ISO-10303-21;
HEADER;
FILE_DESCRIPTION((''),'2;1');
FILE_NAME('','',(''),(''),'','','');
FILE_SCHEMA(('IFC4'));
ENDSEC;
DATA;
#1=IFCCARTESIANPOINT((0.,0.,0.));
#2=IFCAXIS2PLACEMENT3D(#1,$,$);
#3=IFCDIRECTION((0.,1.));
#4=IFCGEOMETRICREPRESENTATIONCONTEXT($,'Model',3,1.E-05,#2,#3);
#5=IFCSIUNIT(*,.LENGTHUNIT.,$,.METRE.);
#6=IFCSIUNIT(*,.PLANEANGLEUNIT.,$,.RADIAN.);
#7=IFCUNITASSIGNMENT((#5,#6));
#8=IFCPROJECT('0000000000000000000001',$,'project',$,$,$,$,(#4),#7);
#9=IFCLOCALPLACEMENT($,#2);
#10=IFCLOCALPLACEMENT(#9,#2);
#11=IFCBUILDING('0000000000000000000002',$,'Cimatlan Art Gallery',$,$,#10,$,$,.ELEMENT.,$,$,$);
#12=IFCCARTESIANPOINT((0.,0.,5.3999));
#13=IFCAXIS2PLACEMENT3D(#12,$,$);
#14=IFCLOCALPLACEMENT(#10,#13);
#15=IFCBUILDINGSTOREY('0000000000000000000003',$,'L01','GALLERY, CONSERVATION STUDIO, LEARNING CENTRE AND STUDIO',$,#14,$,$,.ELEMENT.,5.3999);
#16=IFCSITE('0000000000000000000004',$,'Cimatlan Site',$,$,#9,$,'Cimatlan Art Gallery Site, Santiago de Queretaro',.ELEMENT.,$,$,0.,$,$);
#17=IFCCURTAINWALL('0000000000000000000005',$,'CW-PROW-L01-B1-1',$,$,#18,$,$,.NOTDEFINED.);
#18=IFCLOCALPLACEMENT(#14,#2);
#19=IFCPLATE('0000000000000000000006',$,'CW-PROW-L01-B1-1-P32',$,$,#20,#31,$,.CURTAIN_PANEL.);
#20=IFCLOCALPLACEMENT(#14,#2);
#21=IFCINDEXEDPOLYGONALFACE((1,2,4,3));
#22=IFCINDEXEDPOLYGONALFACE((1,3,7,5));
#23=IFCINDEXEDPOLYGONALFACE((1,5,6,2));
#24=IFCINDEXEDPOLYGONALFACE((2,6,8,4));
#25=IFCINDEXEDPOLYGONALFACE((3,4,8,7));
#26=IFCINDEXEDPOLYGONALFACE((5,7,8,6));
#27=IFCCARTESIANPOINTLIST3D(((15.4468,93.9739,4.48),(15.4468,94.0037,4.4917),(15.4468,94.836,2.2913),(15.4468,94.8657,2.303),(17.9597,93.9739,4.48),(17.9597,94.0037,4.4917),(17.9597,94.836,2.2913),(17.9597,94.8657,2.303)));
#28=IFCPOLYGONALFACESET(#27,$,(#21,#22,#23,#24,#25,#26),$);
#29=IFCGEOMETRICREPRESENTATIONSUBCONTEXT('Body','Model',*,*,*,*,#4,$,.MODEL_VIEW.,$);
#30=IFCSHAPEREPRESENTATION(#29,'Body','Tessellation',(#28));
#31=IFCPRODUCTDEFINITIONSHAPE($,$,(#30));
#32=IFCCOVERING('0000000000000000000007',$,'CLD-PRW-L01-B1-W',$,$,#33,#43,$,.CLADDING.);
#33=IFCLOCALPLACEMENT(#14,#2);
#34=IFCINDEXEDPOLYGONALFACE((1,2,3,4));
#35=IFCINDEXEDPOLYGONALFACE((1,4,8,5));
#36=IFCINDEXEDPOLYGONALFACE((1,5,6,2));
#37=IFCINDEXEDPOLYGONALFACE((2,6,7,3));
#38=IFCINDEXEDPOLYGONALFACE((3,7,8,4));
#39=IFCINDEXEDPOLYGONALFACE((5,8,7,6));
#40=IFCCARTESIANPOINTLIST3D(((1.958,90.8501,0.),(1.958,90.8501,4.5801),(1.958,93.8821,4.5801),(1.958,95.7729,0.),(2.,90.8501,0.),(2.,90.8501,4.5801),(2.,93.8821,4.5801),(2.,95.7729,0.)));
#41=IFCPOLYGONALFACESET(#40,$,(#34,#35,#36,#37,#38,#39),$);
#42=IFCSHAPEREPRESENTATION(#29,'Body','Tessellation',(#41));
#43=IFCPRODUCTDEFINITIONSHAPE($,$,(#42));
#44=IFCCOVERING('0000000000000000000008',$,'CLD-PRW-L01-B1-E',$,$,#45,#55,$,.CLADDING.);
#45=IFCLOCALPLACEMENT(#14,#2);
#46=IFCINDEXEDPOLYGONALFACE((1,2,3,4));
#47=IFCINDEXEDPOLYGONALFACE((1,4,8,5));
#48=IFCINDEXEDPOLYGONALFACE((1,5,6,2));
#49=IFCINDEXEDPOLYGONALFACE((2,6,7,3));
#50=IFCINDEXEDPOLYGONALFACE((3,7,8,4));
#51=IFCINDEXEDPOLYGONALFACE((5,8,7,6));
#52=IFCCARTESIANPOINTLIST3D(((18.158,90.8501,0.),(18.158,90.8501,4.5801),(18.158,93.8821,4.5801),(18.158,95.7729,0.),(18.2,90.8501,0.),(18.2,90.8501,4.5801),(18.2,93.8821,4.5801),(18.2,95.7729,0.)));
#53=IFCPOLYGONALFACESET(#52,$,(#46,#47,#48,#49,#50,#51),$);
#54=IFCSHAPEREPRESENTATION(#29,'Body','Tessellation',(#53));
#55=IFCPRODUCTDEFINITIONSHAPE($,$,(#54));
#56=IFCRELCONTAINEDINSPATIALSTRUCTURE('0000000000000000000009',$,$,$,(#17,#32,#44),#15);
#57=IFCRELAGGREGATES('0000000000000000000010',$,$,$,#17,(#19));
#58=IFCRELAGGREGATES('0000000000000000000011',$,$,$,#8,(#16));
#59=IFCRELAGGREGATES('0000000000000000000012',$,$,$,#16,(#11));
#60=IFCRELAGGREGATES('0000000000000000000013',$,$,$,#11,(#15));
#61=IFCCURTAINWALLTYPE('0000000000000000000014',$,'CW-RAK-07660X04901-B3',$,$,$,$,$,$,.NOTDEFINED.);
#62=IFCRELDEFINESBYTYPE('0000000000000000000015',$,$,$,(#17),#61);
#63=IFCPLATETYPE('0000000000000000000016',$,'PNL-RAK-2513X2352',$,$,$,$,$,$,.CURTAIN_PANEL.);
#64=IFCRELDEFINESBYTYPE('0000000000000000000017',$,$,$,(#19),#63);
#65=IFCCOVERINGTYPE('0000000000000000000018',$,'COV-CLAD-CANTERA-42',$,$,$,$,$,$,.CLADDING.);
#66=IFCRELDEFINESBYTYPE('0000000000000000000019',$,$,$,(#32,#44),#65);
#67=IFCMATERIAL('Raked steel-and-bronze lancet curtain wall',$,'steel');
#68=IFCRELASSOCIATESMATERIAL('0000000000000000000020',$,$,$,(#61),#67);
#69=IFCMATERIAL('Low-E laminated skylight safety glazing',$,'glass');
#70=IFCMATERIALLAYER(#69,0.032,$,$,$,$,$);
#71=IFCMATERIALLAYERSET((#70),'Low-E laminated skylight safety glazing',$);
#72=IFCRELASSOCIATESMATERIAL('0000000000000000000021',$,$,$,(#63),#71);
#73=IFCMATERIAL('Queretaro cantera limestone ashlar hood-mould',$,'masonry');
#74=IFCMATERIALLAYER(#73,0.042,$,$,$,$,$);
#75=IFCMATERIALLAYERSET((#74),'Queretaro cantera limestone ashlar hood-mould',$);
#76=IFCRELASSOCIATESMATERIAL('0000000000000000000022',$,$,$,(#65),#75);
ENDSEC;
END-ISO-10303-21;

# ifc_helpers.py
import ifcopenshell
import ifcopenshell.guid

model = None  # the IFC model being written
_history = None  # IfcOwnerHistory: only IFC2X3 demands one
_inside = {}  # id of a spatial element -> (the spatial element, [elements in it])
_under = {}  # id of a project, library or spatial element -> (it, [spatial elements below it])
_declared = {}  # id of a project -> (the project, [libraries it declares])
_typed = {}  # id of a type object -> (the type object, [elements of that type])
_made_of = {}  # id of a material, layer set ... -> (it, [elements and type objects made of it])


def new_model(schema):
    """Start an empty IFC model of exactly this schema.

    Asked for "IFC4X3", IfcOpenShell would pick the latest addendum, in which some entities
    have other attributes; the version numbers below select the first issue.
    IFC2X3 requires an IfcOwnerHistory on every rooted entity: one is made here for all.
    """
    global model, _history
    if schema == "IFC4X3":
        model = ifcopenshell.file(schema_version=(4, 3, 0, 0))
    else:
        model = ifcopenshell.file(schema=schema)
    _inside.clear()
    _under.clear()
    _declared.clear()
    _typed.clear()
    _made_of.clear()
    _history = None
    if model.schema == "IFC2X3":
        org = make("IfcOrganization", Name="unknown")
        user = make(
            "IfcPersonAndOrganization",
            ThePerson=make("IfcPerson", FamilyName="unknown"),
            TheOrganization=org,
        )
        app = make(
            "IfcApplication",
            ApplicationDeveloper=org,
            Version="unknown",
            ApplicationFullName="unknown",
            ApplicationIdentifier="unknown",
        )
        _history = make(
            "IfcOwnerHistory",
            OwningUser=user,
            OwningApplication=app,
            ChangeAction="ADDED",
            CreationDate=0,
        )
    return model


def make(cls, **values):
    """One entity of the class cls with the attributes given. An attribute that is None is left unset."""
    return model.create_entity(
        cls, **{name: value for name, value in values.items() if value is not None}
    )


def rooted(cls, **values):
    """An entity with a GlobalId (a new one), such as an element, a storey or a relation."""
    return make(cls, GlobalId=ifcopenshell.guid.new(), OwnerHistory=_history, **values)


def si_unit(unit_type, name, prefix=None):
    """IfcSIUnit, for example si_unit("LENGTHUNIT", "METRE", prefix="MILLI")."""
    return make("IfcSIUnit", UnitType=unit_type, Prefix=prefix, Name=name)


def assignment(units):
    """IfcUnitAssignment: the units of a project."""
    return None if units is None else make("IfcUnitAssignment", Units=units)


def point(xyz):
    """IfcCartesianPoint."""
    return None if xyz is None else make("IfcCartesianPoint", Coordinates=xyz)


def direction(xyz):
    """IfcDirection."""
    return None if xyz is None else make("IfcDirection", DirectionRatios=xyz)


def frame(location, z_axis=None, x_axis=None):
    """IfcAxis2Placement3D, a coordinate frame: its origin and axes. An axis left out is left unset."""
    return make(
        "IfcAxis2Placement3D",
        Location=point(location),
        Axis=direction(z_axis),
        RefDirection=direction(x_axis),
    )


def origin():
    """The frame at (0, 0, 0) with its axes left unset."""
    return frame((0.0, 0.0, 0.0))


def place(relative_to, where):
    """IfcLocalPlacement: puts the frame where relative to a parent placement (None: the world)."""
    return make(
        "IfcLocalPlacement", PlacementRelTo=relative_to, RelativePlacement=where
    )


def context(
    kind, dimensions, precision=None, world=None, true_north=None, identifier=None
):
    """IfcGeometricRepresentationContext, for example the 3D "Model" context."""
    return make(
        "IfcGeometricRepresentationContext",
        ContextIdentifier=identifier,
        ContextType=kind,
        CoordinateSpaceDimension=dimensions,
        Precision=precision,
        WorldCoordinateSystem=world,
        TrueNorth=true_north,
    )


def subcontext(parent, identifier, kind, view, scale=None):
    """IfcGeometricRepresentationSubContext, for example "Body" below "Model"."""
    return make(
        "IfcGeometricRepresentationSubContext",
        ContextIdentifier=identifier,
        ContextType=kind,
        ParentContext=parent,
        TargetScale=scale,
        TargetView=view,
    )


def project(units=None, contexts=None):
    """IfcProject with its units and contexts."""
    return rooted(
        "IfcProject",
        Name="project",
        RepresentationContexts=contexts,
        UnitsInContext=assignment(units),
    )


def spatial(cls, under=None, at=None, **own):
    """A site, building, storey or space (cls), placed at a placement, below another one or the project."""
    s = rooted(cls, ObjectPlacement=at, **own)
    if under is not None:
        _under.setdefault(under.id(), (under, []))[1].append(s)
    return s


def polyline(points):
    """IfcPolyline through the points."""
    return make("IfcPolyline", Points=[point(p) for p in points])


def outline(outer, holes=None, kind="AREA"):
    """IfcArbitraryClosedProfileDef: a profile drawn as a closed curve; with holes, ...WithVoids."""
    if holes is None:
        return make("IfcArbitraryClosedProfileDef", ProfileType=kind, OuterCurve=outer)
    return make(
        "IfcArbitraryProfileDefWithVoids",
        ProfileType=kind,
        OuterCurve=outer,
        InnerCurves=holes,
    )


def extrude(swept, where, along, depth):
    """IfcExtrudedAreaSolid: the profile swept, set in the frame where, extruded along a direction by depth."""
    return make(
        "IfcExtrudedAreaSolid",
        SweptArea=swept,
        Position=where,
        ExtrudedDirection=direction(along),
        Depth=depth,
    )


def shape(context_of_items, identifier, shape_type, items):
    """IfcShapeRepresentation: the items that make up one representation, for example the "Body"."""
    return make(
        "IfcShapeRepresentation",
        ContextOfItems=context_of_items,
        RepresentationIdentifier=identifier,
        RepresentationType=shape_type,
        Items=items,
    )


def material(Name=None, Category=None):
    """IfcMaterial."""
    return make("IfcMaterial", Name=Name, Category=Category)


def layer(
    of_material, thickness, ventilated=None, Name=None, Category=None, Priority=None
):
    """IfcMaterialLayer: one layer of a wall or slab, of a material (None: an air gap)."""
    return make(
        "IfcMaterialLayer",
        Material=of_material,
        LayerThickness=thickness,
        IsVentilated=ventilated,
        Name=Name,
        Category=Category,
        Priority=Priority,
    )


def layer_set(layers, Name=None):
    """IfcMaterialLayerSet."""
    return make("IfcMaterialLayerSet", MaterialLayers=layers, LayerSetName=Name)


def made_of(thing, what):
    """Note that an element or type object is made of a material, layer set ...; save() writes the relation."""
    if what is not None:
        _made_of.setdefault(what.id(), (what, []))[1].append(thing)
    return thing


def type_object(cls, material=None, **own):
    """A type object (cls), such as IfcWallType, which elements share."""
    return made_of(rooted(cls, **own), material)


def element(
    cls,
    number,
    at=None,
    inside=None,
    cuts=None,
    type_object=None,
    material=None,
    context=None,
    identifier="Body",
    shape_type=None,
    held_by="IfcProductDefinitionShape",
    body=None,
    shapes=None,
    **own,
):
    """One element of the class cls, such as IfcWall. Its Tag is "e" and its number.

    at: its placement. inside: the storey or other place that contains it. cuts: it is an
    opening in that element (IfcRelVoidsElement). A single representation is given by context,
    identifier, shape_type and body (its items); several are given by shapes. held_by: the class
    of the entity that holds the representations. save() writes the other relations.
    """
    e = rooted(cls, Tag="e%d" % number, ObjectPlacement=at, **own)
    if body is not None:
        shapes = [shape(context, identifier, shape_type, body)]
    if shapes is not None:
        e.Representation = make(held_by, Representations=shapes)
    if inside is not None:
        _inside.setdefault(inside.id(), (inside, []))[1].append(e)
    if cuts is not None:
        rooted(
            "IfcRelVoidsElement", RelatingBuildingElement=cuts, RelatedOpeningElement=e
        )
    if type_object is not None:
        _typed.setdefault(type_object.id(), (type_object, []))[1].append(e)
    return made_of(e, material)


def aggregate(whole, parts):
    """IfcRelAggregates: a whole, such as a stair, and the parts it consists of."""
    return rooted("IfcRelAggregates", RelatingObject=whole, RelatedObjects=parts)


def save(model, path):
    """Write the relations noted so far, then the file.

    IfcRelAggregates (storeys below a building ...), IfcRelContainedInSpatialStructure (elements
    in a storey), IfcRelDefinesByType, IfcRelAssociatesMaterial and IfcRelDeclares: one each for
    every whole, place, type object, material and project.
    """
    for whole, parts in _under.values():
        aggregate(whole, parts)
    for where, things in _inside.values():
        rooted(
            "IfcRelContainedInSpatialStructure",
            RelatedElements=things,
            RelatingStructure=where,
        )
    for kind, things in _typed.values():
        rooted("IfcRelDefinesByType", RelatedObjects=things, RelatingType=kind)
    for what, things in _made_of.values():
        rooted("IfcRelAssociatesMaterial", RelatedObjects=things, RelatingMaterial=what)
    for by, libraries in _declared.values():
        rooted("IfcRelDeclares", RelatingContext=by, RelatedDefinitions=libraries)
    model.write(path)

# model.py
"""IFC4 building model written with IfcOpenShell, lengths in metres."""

from ifc_helpers import new_model, si_unit, direction, frame, origin, place, context, subcontext, project, spatial, polyline, outline, extrude, material, layer, layer_set, type_object, element, aggregate, save


model = new_model("IFC4")

# Units and contexts
model_context = context("Model", 3, precision=1e-05, world=origin(), true_north=direction((0.0, 1.0)))
body_context = subcontext(model_context, "Body", "Model", "MODEL_VIEW")
ifc_project = project(units=[si_unit("LENGTHUNIT", "METRE"), si_unit("PLANEANGLEUNIT", "RADIAN")], contexts=[model_context])

# Site, building, storey
site_placement = place(None, origin())
site = spatial("IfcSite", under=ifc_project, at=site_placement, Name="Cimatlan Site", LongName="Cimatlan Art Gallery Site, Santiago de Queretaro", CompositionType="ELEMENT", RefElevation=0.0)
building_placement = place(site_placement, origin())
building = spatial("IfcBuilding", under=site, at=building_placement, Name="Cimatlan Art Gallery", CompositionType="ELEMENT")
storey_placement = place(building_placement, frame((0.0, 0.0, 5.3999)))
storey = spatial("IfcBuildingStorey", under=building, at=storey_placement, Name="L01", Description="GALLERY, CONSERVATION STUDIO, LEARNING CENTRE AND STUDIO", CompositionType="ELEMENT", Elevation=5.3999)

# Curtain wall
ifc_material_1 = material(Name="Raked steel-and-bronze lancet curtain wall", Category="steel")
curtain_wall_type = type_object("IfcCurtainWallType", Name="CW-RAK-07660X04901-B3", PredefinedType="NOTDEFINED", material=ifc_material_1)
curtain_wall_1_placement = place(storey_placement, origin())
curtain_wall_1 = element("IfcCurtainWall", 1, at=curtain_wall_1_placement, inside=storey, type_object=curtain_wall_type, Name="CW-PROW-L01-B1-1", PredefinedType="NOTDEFINED")

# Plate
ifc_material_2 = material(Name="Low-E laminated skylight safety glazing", Category="glass")
ifc_layer_1 = layer(ifc_material_2, 0.032)
ifc_layer_set_1 = layer_set([ifc_layer_1], Name="Low-E laminated skylight safety glazing")
plate_type = type_object("IfcPlateType", Name="PNL-RAK-2513X2352", PredefinedType="CURTAIN_PANEL", material=ifc_layer_set_1)
plate_1_placement = place(storey_placement, frame((15.4468, 94.8657, 2.303), z_axis=(0.0, 0.930432, 0.366465), x_axis=(1.0, 0.0, 0.0)))
plate_1 = element("IfcPlate", 2, at=plate_1_placement, type_object=plate_type, Name="CW-PROW-L01-B1-1-P32", PredefinedType="CURTAIN_PANEL", context=body_context, shape_type="SweptSolid", body=[
    extrude(outline(polyline([(0.0, 0.0), (2.5129, 0.0), (2.5129, -2.3524), (0.0, -2.3524), (0.0, 0.0)])), origin(), (0.0, 0.0, -1.0), 0.032),
])
aggregate(curtain_wall_1, [plate_1])

# Coverings
ifc_material_3 = material(Name="Queretaro cantera limestone ashlar hood-mould", Category="masonry")
ifc_layer_2 = layer(ifc_material_3, 0.042)
ifc_layer_set_2 = layer_set([ifc_layer_2], Name="Queretaro cantera limestone ashlar hood-mould")
covering_type = type_object("IfcCoveringType", Name="COV-CLAD-CANTERA-42", PredefinedType="CLADDING", material=ifc_layer_set_2)
for number, where, z_axis, x_axis, name in (
    (3, (2.0, 90.8501, 0.0), (1.0, 0.0, 0.0), (0.0, 1.0, 0.0), "CLD-PRW-L01-B1-W"),
    (4, (18.2, 90.8501, 0.0), (1.0, 0.0, 0.0), (0.0, 1.0, 0.0), "CLD-PRW-L01-B1-E"),
):
    element("IfcCovering", number, at=place(storey_placement, frame(where, z_axis=z_axis, x_axis=x_axis)), inside=storey, type_object=covering_type, Name=name, PredefinedType="CLADDING", context=body_context, shape_type="SweptSolid", body=[
        extrude(outline(polyline([(0.0, 0.0), (4.9229, 0.0), (3.032, 4.5801), (0.0, 4.5801), (0.0, 0.0)])), origin(), (0.0, 0.0, -1.0), 0.042),
    ])

save(model, "model.ifc")
